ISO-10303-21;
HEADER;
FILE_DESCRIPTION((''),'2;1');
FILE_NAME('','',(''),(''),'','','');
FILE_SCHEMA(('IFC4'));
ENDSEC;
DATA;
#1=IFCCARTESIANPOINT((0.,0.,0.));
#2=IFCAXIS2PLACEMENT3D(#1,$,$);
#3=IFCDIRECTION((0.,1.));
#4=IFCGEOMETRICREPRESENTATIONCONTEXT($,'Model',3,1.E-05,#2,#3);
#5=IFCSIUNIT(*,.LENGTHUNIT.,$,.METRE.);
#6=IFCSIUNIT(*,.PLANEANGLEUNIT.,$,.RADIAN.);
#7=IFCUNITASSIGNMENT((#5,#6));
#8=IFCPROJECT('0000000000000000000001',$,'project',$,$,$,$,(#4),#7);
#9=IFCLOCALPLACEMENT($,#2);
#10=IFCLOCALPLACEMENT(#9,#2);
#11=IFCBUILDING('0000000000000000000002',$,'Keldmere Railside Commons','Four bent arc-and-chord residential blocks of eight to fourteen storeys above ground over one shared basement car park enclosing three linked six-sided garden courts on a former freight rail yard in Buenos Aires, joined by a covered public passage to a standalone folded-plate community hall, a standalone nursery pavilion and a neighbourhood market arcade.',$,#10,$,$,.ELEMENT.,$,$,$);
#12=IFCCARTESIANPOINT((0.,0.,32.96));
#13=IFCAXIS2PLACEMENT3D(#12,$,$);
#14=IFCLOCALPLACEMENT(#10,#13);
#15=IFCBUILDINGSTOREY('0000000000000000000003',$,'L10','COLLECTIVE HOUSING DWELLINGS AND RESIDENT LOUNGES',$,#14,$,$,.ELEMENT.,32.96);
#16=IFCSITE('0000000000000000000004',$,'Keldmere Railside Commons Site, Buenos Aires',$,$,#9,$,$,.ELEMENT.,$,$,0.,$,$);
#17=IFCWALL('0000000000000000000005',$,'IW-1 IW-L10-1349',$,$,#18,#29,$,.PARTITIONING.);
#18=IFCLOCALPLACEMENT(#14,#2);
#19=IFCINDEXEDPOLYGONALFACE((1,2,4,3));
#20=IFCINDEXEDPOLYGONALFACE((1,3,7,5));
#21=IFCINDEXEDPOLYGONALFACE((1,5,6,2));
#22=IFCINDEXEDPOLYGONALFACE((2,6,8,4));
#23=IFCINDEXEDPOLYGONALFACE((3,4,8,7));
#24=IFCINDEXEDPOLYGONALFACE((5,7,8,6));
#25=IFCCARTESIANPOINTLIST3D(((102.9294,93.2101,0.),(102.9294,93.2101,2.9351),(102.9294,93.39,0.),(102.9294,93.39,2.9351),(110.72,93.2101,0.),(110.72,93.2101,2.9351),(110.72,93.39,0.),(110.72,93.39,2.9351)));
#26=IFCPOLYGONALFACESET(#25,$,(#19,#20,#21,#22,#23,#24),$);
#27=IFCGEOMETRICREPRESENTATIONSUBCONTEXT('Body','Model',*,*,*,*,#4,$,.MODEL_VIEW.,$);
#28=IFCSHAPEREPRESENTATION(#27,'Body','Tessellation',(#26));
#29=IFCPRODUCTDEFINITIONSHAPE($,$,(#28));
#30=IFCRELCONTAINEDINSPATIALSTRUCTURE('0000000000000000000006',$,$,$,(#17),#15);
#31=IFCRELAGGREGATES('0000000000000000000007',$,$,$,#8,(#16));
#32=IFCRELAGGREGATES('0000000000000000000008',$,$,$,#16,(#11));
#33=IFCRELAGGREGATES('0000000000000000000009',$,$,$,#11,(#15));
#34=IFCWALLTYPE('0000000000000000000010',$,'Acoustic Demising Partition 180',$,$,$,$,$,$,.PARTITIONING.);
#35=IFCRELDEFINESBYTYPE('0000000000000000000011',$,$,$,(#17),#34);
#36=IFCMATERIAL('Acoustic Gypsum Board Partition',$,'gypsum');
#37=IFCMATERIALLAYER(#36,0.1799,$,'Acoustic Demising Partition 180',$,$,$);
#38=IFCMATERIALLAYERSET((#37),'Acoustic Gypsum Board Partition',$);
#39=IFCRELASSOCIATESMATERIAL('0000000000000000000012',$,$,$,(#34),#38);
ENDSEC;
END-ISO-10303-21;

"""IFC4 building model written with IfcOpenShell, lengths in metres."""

from ifc_helpers import new_model, si_unit, direction, frame, frame_2d, origin, place, context, subcontext, project, spatial, rectangle, extrude, material, layer, layer_set, type_object, element, save


model = new_model("IFC4")

# Units and contexts
model_context = context("Model", 3, precision=1e-05, world=origin(), true_north=direction((0.0, 1.0)))
body_context = subcontext(model_context, "Body", "Model", "MODEL_VIEW")
ifc_project = project(units=[si_unit("LENGTHUNIT", "METRE"), si_unit("PLANEANGLEUNIT", "RADIAN")], contexts=[model_context])

# Site, building, storey
site_placement = place(None, origin())
site = spatial("IfcSite", under=ifc_project, at=site_placement, Name="Keldmere Railside Commons Site, Buenos Aires", CompositionType="ELEMENT", RefElevation=0.0)
building_placement = place(site_placement, origin())
building = spatial("IfcBuilding", under=site, at=building_placement, Name="Keldmere Railside Commons", Description="Four bent arc-and-chord residential blocks of eight to fourteen storeys above ground over one shared basement car park enclosing three linked six-sided garden courts on a former freight rail yard in Buenos Aires, joined by a covered public passage to a standalone folded-plate community hall, a standalone nursery pavilion and a neighbourhood market arcade.", CompositionType="ELEMENT")
storey_placement = place(building_placement, frame((0.0, 0.0, 32.96)))
storey = spatial("IfcBuildingStorey", under=building, at=storey_placement, Name="L10", Description="COLLECTIVE HOUSING DWELLINGS AND RESIDENT LOUNGES", CompositionType="ELEMENT", Elevation=32.96)

# Wall
ifc_material_1 = material(Name="Acoustic Gypsum Board Partition", Category="gypsum")
ifc_layer_1 = layer(ifc_material_1, 0.1799, Name="Acoustic Demising Partition 180")
ifc_layer_set_1 = layer_set([ifc_layer_1], Name="Acoustic Gypsum Board Partition")
wall_type = type_object("IfcWallType", Name="Acoustic Demising Partition 180", PredefinedType="PARTITIONING", material=ifc_layer_set_1)
wall_placement = place(storey_placement, frame((102.9294, 93.3, 0.0), z_axis=(0.0, 0.0, 1.0), x_axis=(1.0, 0.0, 0.0)))
element("IfcWall", 1, at=wall_placement, inside=storey, type_object=wall_type, Name="IW-1 IW-L10-1349", PredefinedType="PARTITIONING", context=body_context, shape_type="SweptSolid", body=[
    extrude(rectangle(XDim=7.7905, YDim=0.1799, at=frame_2d((3.8953, 0.0))), origin(), (0.0, 0.0, 1.0), 2.9351),
])

save(model, "model.ifc")
